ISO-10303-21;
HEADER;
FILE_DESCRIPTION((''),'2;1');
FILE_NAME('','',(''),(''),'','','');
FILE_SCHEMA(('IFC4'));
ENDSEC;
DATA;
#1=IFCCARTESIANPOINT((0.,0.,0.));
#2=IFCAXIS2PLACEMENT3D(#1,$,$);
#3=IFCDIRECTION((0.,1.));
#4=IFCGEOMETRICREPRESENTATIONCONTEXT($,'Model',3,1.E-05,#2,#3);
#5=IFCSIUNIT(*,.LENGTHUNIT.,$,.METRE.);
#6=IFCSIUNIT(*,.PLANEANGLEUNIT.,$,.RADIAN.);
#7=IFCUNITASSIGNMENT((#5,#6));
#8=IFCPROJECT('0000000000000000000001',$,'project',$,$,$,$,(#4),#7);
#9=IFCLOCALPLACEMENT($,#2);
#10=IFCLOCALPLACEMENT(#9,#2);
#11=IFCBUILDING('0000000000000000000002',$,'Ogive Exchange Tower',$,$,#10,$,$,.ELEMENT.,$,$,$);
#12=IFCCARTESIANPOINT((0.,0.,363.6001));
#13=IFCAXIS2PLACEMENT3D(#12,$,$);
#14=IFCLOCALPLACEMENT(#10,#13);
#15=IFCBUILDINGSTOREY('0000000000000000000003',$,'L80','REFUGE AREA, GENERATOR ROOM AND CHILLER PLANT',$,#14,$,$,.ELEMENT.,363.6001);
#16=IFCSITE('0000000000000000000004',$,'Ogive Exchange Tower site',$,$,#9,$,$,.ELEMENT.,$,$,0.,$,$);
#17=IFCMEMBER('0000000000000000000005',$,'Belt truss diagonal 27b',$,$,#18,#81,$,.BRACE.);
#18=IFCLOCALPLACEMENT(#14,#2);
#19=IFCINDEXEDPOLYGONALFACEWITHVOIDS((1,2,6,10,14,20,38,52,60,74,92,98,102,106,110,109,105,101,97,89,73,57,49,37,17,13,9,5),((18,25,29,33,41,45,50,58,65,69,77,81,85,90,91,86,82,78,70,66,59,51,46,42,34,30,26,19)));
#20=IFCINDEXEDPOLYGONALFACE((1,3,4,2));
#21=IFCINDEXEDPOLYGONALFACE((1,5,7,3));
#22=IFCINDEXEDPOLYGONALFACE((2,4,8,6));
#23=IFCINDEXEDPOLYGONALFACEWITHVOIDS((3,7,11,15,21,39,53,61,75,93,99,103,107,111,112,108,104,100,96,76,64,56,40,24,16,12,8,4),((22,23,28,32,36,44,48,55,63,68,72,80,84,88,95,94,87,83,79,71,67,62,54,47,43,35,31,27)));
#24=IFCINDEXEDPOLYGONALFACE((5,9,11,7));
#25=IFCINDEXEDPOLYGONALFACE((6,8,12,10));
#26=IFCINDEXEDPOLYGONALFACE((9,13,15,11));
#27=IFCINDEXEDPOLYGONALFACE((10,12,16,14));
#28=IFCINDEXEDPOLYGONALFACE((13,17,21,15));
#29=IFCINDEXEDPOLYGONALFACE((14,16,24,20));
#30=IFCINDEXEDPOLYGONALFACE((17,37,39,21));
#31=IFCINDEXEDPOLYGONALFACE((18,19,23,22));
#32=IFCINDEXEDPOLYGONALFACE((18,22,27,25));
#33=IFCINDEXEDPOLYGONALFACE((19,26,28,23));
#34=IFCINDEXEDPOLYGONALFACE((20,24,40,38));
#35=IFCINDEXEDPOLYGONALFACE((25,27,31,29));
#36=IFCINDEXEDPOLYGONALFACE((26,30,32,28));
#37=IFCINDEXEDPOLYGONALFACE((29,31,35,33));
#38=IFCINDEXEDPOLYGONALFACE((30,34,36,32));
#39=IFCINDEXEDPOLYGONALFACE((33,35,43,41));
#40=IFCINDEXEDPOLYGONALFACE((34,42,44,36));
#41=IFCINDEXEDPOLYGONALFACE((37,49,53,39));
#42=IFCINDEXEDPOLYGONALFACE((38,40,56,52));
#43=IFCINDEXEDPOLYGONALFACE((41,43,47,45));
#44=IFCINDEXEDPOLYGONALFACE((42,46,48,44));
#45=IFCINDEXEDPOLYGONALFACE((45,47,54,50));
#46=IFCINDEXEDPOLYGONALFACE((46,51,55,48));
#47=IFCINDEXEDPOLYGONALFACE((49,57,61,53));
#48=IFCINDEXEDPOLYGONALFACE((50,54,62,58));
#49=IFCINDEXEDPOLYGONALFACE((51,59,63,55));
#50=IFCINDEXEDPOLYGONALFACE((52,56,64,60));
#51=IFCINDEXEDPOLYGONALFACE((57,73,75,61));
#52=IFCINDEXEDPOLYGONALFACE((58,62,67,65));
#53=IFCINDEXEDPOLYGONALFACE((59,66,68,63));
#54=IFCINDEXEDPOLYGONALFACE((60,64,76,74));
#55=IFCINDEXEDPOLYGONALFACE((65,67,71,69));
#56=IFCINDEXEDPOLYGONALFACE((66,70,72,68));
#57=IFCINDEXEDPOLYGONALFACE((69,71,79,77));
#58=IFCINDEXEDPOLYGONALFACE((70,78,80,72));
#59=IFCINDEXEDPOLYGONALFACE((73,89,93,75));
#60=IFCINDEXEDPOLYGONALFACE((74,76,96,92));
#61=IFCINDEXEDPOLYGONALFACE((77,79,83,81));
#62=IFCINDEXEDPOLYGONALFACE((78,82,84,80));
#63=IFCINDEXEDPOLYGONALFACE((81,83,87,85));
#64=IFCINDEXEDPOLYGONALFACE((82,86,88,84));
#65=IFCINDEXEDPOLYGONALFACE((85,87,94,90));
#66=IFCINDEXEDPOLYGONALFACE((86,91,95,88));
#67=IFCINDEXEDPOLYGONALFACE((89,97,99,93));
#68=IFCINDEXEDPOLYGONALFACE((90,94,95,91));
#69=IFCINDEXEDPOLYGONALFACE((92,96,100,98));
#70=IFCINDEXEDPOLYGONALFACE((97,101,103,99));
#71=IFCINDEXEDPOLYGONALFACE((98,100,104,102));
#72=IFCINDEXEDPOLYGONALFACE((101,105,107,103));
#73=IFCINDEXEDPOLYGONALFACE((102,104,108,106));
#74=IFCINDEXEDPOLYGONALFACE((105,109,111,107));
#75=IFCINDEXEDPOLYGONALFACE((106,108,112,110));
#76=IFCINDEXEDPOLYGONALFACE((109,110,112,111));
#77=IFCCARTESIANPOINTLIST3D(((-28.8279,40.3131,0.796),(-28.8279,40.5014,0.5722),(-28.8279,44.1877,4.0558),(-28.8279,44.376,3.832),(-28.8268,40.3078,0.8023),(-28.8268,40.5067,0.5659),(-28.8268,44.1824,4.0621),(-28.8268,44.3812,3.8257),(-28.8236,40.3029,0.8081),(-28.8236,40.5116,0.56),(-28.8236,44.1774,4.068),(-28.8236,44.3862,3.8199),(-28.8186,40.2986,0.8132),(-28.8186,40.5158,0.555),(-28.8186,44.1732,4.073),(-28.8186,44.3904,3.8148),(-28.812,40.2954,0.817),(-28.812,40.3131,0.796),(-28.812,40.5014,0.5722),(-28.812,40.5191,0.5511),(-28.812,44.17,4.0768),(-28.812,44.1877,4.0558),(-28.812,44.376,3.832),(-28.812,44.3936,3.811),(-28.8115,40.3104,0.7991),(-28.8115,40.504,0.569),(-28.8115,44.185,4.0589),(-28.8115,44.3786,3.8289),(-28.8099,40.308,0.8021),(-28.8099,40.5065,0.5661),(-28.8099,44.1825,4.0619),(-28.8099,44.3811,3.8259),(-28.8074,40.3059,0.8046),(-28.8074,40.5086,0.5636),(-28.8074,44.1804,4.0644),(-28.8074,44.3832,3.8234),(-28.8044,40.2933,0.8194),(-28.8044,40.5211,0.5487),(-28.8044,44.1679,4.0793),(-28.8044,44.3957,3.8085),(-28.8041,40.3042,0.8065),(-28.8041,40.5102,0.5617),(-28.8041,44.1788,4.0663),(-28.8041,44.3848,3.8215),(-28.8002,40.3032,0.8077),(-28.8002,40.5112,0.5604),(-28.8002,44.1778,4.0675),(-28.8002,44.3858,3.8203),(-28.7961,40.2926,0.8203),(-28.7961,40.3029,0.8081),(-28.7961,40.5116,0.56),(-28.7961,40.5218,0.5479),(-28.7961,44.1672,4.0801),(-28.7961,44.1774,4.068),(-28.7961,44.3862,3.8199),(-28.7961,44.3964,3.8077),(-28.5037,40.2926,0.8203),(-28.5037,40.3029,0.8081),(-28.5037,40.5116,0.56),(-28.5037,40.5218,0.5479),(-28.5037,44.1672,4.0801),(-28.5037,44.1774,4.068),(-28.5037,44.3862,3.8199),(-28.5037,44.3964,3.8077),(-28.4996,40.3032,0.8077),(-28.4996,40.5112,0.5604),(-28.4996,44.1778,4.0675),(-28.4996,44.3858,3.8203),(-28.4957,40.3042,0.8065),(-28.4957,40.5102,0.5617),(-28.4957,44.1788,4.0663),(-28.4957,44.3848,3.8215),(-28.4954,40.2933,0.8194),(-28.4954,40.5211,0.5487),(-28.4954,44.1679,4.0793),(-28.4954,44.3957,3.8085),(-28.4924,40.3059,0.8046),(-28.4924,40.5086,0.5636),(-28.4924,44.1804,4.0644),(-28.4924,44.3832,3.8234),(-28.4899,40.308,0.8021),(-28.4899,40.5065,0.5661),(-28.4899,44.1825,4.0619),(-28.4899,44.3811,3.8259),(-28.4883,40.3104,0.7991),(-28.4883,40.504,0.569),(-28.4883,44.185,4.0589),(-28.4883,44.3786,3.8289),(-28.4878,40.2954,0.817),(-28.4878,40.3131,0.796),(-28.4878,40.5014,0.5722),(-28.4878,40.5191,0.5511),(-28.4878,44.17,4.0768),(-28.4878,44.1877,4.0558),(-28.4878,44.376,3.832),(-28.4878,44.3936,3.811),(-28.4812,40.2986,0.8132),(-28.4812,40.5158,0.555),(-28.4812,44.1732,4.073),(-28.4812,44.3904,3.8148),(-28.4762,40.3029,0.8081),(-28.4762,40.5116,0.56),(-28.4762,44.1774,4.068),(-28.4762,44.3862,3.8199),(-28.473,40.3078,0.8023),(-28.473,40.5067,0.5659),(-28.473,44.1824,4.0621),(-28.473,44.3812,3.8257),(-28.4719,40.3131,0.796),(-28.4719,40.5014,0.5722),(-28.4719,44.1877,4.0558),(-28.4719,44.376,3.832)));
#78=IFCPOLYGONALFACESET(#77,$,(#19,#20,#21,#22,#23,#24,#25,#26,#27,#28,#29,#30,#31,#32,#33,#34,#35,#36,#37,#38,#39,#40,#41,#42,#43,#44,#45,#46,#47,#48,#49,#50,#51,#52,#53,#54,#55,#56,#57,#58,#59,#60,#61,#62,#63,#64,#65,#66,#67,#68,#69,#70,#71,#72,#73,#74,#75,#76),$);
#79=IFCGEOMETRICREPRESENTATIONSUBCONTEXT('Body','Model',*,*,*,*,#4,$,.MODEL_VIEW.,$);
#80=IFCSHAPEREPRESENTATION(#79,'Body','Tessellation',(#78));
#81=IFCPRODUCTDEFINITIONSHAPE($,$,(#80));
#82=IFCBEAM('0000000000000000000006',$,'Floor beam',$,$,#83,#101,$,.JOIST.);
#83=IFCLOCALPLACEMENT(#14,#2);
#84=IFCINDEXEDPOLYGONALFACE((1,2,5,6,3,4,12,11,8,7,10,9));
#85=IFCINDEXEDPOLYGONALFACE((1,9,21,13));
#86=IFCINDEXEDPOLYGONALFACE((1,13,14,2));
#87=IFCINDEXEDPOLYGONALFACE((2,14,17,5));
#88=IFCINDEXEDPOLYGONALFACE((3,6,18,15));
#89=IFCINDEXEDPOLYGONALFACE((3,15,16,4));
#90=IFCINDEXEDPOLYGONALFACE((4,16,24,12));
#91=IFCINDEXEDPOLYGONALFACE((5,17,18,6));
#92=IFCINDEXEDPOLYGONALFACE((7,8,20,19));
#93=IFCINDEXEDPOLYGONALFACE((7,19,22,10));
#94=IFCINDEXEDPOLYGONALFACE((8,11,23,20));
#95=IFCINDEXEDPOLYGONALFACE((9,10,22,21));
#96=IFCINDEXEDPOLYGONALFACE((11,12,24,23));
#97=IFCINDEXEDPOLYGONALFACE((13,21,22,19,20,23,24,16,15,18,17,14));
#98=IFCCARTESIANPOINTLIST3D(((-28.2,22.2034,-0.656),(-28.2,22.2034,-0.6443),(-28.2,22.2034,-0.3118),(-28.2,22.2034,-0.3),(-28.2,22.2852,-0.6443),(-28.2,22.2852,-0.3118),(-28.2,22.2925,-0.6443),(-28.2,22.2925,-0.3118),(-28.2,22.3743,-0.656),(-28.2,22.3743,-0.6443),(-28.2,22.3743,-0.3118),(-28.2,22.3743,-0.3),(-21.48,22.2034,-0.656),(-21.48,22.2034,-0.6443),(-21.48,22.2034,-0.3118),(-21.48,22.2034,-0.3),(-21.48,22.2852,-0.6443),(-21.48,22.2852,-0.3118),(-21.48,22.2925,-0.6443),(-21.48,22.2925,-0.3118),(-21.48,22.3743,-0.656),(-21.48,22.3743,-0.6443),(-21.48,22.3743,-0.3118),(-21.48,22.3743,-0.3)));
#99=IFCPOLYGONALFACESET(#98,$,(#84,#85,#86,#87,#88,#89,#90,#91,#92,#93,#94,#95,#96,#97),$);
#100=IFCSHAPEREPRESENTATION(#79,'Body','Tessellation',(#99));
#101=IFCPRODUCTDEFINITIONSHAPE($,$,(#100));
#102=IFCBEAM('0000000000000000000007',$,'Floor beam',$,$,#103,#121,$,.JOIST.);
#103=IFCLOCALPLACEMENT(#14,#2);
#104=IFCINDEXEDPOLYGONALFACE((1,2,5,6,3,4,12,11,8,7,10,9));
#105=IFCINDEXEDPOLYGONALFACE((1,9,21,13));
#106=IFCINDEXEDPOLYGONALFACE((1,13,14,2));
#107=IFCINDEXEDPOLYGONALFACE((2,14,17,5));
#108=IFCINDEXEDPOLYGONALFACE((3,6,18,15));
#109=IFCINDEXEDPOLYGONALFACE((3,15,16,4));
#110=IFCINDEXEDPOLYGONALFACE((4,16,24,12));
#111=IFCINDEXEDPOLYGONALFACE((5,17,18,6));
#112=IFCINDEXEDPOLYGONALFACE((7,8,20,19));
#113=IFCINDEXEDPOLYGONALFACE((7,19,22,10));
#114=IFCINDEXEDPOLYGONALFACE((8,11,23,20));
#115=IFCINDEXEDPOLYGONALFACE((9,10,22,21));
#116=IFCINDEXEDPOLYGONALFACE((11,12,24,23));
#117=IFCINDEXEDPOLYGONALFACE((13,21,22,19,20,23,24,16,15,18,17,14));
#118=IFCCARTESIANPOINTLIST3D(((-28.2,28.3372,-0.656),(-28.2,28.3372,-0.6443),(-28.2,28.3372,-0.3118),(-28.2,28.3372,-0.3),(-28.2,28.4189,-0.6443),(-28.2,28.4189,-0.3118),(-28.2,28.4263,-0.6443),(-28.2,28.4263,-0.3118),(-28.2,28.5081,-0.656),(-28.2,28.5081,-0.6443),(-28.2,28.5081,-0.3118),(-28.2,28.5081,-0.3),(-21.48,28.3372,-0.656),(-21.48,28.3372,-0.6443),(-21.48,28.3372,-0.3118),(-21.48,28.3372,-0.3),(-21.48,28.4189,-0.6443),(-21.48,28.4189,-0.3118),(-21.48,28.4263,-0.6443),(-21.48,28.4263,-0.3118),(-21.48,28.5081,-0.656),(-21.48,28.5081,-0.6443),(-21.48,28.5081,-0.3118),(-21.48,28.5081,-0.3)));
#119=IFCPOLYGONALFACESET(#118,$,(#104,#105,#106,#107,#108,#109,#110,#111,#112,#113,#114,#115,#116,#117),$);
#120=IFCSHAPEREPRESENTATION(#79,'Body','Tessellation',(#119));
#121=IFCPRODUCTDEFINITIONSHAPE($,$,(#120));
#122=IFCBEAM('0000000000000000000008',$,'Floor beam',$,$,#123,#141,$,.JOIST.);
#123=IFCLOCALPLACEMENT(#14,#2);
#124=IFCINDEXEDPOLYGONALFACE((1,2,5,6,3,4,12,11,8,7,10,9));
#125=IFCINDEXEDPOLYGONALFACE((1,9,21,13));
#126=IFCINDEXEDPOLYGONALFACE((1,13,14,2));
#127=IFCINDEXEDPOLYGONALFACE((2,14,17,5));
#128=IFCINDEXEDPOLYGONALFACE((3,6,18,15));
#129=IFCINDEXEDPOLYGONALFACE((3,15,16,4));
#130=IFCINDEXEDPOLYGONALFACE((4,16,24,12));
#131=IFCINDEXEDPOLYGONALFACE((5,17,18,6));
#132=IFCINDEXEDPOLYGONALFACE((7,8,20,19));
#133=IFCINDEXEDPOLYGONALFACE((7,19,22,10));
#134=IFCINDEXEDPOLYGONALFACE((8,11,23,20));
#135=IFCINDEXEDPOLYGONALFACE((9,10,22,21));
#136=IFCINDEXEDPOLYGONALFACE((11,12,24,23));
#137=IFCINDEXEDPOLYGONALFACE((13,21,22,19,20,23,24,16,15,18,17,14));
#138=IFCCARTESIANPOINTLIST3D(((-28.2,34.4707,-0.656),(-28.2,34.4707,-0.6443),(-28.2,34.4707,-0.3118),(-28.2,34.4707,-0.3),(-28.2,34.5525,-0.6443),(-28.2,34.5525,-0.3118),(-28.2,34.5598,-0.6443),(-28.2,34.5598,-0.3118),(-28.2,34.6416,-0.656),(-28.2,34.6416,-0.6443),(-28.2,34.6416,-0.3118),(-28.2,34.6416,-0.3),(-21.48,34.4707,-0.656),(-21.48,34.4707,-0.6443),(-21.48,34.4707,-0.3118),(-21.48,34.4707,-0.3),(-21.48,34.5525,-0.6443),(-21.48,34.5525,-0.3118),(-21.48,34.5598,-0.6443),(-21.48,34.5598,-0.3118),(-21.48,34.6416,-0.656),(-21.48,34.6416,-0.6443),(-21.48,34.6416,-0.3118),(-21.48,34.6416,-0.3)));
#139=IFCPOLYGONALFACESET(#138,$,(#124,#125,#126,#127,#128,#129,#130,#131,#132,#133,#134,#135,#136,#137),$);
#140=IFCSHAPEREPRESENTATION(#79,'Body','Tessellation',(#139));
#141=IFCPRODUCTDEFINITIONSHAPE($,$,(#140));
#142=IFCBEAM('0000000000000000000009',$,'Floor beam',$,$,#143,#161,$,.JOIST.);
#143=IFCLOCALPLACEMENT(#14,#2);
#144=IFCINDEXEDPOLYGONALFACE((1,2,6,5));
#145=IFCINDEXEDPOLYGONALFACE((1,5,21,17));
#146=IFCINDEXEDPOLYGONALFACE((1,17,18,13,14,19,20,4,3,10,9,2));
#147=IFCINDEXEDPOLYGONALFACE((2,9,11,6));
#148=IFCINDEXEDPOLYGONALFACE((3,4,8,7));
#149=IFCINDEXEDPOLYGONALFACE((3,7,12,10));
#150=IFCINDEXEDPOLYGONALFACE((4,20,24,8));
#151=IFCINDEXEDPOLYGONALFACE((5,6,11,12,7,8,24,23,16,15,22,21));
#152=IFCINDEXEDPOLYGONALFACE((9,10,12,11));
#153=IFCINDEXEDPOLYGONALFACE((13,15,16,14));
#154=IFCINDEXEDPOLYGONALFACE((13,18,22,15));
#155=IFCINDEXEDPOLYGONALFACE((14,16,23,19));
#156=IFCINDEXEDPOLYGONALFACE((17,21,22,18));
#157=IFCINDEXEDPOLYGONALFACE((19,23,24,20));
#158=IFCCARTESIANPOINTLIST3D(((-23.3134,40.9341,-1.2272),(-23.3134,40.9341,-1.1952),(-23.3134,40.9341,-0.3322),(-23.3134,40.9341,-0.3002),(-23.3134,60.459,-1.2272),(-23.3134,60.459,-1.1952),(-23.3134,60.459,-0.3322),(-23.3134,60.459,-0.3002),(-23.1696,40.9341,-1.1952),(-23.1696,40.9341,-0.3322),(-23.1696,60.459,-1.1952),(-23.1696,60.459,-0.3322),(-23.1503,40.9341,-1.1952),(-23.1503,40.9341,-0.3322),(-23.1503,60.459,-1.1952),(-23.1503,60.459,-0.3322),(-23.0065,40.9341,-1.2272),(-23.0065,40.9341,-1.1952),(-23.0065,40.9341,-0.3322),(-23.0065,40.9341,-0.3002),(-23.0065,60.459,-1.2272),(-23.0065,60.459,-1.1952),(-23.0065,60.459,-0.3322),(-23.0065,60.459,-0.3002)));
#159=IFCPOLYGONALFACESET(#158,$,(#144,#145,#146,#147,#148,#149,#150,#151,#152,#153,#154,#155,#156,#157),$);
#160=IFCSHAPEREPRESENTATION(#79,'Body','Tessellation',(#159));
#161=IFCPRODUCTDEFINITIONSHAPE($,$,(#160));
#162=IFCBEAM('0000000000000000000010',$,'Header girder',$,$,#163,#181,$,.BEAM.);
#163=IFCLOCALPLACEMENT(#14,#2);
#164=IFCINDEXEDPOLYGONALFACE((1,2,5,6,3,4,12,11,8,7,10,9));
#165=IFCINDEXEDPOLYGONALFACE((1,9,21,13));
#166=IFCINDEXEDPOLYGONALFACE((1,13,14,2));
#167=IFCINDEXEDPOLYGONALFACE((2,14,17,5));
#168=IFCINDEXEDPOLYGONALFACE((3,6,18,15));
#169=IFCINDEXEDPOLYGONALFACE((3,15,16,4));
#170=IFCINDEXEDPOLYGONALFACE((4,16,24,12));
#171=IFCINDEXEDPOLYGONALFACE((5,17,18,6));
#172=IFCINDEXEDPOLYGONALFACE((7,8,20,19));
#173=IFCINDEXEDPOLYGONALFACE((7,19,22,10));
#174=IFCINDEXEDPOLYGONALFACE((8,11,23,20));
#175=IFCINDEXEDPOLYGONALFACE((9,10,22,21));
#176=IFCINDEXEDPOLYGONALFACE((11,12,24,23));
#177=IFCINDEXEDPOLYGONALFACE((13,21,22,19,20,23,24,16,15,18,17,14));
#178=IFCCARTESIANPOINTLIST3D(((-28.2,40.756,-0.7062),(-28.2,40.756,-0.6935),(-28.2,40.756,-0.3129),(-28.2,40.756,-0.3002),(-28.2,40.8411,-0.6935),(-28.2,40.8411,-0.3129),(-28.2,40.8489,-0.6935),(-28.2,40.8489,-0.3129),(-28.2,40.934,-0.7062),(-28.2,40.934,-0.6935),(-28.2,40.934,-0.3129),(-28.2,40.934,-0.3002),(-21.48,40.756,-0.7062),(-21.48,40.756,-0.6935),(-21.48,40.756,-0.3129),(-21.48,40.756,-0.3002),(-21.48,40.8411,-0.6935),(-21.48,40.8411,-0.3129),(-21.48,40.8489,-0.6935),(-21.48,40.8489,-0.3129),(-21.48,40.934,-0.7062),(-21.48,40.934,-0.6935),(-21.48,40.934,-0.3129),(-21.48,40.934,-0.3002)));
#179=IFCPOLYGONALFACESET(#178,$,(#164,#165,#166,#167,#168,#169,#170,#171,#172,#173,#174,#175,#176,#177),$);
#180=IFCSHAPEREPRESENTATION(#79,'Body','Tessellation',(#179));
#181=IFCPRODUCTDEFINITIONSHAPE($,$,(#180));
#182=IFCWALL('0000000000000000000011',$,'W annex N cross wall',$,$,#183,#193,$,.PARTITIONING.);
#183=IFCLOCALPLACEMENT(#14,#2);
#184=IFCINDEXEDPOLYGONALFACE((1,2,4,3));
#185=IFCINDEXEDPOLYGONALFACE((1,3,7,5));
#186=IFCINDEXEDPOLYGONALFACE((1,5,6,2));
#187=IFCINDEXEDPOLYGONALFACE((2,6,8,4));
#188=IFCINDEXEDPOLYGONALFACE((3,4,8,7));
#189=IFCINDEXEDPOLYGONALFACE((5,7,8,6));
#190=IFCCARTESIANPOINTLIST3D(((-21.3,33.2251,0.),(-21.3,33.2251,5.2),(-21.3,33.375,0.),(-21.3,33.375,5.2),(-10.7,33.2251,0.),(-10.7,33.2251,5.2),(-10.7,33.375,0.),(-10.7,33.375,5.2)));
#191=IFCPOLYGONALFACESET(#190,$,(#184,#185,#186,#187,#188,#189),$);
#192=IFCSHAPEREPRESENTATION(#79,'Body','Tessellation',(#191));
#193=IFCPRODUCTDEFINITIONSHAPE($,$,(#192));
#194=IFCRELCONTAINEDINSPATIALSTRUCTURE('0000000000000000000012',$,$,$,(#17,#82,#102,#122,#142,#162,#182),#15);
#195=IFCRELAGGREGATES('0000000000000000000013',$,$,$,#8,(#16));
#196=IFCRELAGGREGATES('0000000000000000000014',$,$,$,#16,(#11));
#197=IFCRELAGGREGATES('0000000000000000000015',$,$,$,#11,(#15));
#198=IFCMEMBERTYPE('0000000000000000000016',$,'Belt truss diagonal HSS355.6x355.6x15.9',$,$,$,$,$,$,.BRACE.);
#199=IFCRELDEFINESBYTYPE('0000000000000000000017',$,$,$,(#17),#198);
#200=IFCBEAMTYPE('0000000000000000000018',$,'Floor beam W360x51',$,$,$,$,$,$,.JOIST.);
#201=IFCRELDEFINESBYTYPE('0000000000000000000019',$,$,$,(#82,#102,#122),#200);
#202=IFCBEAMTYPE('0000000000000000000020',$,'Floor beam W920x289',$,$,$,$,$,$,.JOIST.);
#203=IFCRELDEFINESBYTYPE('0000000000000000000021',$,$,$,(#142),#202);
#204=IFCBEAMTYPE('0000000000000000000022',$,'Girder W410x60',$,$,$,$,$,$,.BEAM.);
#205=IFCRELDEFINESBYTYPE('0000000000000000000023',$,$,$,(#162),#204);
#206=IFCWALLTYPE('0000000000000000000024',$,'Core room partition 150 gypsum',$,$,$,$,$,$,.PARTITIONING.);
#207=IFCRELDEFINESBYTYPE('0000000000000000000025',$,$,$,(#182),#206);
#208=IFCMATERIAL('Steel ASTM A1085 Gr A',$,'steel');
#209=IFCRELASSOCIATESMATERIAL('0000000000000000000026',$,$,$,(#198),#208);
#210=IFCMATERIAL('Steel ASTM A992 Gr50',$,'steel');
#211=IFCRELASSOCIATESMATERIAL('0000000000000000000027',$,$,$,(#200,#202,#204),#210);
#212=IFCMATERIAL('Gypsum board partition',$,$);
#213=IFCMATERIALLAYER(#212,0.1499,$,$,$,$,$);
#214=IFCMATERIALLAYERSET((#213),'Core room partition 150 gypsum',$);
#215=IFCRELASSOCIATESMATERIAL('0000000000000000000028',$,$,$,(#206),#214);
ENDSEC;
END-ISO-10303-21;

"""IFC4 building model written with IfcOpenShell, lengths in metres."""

from ifc_helpers import new_model, si_unit, direction, frame, frame_2d, origin, origin_2d, place, context, subcontext, project, spatial, rectangle, hollow_rectangle, i_section, extrude, material, layer, layer_set, material_profile, profile_set, type_object, element, save


model = new_model("IFC4")

# Units and contexts
model_context = context("Model", 3, precision=1e-05, world=origin(), true_north=direction((0.0, 1.0)))
body_context = subcontext(model_context, "Body", "Model", "MODEL_VIEW")
ifc_project = project(units=[si_unit("LENGTHUNIT", "METRE"), si_unit("PLANEANGLEUNIT", "RADIAN")], contexts=[model_context])

# Site, building, storey
site_placement = place(None, origin())
site = spatial("IfcSite", under=ifc_project, at=site_placement, Name="Ogive Exchange Tower site", CompositionType="ELEMENT", RefElevation=0.0)
building_placement = place(site_placement, origin())
building = spatial("IfcBuilding", under=site, at=building_placement, Name="Ogive Exchange Tower", CompositionType="ELEMENT")
storey_placement = place(building_placement, frame((0.0, 0.0, 363.6001)))
storey = spatial("IfcBuildingStorey", under=building, at=storey_placement, Name="L80", Description="REFUGE AREA, GENERATOR ROOM AND CHILLER PLANT", CompositionType="ELEMENT", Elevation=363.6001)

# Member
ifc_material_1 = material(Name="Steel ASTM A1085 Gr A", Category="steel")
ifc_material_profile_1 = material_profile(ifc_material_1, hollow_rectangle(XDim=0.356, YDim=0.356, WallThickness=0.0159, InnerFilletRadius=0.0159, OuterFilletRadius=0.0317, at=origin_2d()), Name="HSS355.6x355.6x15.9")
ifc_profile_set_1 = profile_set([ifc_material_profile_1], Name="Steel ASTM A1085 Gr A")
member_type = type_object("IfcMemberType", Name="Belt truss diagonal HSS355.6x355.6x15.9", PredefinedType="BRACE", material=ifc_profile_set_1)
member_placement = place(storey_placement, frame((-28.6499, 40.4072, 0.6841), z_axis=(0.0, 0.765201, 0.643791), x_axis=(-1.0, 0.0, 0.0)))
element("IfcMember", 1, at=member_placement, inside=storey, type_object=member_type, Name="Belt truss diagonal 27b", PredefinedType="BRACE", context=body_context, shape_type="SweptSolid", body=[
    extrude(hollow_rectangle(XDim=0.356, YDim=0.356, WallThickness=0.0159, InnerFilletRadius=0.0159, OuterFilletRadius=0.0317, at=origin_2d()), origin(), (0.0, 0.0, 1.0), 5.0635),
])

# Beams
ifc_material_2 = material(Name="Steel ASTM A992 Gr50", Category="steel")
ifc_material_profile_2 = material_profile(ifc_material_2, i_section(OverallWidth=0.1709, OverallDepth=0.356, WebThickness=0.0073, FlangeThickness=0.0117, at=origin_2d()), Name="W360x51")
ifc_profile_set_2 = profile_set([ifc_material_profile_2], Name="Steel ASTM A992 Gr50")
beam_type_1 = type_object("IfcBeamType", Name="Floor beam W360x51", PredefinedType="JOIST", material=ifc_profile_set_2)
for number, where, z_axis, x_axis, name in (
    (2, (-28.2, 22.2888, -0.478), (1.0, 0.0, 0.0), (0.0, 1.0, 0.0), "Floor beam"),
    (3, (-28.2, 28.4226, -0.478), (1.0, 0.0, 0.0), (0.0, 1.0, 0.0), "Floor beam"),
    (4, (-28.2, 34.5562, -0.478), (1.0, 0.0, 0.0), (0.0, 1.0, 0.0), "Floor beam"),
):
    element("IfcBeam", number, at=place(storey_placement, frame(where, z_axis=z_axis, x_axis=x_axis)), inside=storey, type_object=beam_type_1, Name=name, PredefinedType="JOIST", context=body_context, shape_type="SweptSolid", body=[
        extrude(i_section(OverallWidth=0.1709, OverallDepth=0.356, WebThickness=0.0073, FlangeThickness=0.0117, at=origin_2d()), origin(), (0.0, 0.0, 1.0), 6.72),
    ])
ifc_material_profile_3 = material_profile(ifc_material_2, i_section(OverallWidth=0.3069, OverallDepth=0.927, WebThickness=0.0193, FlangeThickness=0.032, at=origin_2d()), Name="W920x289")
ifc_profile_set_3 = profile_set([ifc_material_profile_3], Name="Steel ASTM A992 Gr50")
beam_type_2 = type_object("IfcBeamType", Name="Floor beam W920x289", PredefinedType="JOIST", material=ifc_profile_set_3)
beam_1_placement = place(storey_placement, frame((-23.1599, 40.9341, -0.7637), z_axis=(0.0, 1.0, 0.0), x_axis=(-1.0, 0.0, 0.0)))
element("IfcBeam", 5, at=beam_1_placement, inside=storey, type_object=beam_type_2, Name="Floor beam", PredefinedType="JOIST", context=body_context, shape_type="SweptSolid", body=[
    extrude(i_section(OverallWidth=0.3069, OverallDepth=0.927, WebThickness=0.0193, FlangeThickness=0.032, at=origin_2d()), origin(), (0.0, 0.0, 1.0), 19.5249),
])
ifc_material_profile_4 = material_profile(ifc_material_2, i_section(OverallWidth=0.178, OverallDepth=0.406, WebThickness=0.0078, FlangeThickness=0.0127, at=origin_2d()), Name="W410x60")
ifc_profile_set_4 = profile_set([ifc_material_profile_4], Name="Steel ASTM A992 Gr50")
beam_type_3 = type_object("IfcBeamType", Name="Girder W410x60", PredefinedType="BEAM", material=ifc_profile_set_4)
beam_2_placement = place(storey_placement, frame((-28.2, 40.845, -0.5032), z_axis=(1.0, 0.0, 0.0), x_axis=(0.0, 1.0, 0.0)))
element("IfcBeam", 6, at=beam_2_placement, inside=storey, type_object=beam_type_3, Name="Header girder", PredefinedType="BEAM", context=body_context, shape_type="SweptSolid", body=[
    extrude(i_section(OverallWidth=0.178, OverallDepth=0.406, WebThickness=0.0078, FlangeThickness=0.0127, at=origin_2d()), origin(), (0.0, 0.0, 1.0), 6.72),
])

# Wall
ifc_material_3 = material(Name="Gypsum board partition")
ifc_layer_1 = layer(ifc_material_3, 0.1499)
ifc_layer_set_1 = layer_set([ifc_layer_1], Name="Core room partition 150 gypsum")
wall_type_1 = type_object("IfcWallType", Name="Core room partition 150 gypsum", PredefinedType="PARTITIONING", material=ifc_layer_set_1)
wall_1_placement = place(storey_placement, frame((-21.3, 33.3, 0.0), z_axis=(0.0, 0.0, 1.0), x_axis=(1.0, 0.0, 0.0)))
element("IfcWall", 7, at=wall_1_placement, inside=storey, type_object=wall_type_1, Name="W annex N cross wall", PredefinedType="PARTITIONING", context=body_context, shape_type="SweptSolid", body=[
    extrude(rectangle(XDim=10.6001, YDim=0.1499, at=frame_2d((5.3, 0.0))), origin(), (0.0, 0.0, 1.0), 5.2),
])

save(model, "model.ifc")
